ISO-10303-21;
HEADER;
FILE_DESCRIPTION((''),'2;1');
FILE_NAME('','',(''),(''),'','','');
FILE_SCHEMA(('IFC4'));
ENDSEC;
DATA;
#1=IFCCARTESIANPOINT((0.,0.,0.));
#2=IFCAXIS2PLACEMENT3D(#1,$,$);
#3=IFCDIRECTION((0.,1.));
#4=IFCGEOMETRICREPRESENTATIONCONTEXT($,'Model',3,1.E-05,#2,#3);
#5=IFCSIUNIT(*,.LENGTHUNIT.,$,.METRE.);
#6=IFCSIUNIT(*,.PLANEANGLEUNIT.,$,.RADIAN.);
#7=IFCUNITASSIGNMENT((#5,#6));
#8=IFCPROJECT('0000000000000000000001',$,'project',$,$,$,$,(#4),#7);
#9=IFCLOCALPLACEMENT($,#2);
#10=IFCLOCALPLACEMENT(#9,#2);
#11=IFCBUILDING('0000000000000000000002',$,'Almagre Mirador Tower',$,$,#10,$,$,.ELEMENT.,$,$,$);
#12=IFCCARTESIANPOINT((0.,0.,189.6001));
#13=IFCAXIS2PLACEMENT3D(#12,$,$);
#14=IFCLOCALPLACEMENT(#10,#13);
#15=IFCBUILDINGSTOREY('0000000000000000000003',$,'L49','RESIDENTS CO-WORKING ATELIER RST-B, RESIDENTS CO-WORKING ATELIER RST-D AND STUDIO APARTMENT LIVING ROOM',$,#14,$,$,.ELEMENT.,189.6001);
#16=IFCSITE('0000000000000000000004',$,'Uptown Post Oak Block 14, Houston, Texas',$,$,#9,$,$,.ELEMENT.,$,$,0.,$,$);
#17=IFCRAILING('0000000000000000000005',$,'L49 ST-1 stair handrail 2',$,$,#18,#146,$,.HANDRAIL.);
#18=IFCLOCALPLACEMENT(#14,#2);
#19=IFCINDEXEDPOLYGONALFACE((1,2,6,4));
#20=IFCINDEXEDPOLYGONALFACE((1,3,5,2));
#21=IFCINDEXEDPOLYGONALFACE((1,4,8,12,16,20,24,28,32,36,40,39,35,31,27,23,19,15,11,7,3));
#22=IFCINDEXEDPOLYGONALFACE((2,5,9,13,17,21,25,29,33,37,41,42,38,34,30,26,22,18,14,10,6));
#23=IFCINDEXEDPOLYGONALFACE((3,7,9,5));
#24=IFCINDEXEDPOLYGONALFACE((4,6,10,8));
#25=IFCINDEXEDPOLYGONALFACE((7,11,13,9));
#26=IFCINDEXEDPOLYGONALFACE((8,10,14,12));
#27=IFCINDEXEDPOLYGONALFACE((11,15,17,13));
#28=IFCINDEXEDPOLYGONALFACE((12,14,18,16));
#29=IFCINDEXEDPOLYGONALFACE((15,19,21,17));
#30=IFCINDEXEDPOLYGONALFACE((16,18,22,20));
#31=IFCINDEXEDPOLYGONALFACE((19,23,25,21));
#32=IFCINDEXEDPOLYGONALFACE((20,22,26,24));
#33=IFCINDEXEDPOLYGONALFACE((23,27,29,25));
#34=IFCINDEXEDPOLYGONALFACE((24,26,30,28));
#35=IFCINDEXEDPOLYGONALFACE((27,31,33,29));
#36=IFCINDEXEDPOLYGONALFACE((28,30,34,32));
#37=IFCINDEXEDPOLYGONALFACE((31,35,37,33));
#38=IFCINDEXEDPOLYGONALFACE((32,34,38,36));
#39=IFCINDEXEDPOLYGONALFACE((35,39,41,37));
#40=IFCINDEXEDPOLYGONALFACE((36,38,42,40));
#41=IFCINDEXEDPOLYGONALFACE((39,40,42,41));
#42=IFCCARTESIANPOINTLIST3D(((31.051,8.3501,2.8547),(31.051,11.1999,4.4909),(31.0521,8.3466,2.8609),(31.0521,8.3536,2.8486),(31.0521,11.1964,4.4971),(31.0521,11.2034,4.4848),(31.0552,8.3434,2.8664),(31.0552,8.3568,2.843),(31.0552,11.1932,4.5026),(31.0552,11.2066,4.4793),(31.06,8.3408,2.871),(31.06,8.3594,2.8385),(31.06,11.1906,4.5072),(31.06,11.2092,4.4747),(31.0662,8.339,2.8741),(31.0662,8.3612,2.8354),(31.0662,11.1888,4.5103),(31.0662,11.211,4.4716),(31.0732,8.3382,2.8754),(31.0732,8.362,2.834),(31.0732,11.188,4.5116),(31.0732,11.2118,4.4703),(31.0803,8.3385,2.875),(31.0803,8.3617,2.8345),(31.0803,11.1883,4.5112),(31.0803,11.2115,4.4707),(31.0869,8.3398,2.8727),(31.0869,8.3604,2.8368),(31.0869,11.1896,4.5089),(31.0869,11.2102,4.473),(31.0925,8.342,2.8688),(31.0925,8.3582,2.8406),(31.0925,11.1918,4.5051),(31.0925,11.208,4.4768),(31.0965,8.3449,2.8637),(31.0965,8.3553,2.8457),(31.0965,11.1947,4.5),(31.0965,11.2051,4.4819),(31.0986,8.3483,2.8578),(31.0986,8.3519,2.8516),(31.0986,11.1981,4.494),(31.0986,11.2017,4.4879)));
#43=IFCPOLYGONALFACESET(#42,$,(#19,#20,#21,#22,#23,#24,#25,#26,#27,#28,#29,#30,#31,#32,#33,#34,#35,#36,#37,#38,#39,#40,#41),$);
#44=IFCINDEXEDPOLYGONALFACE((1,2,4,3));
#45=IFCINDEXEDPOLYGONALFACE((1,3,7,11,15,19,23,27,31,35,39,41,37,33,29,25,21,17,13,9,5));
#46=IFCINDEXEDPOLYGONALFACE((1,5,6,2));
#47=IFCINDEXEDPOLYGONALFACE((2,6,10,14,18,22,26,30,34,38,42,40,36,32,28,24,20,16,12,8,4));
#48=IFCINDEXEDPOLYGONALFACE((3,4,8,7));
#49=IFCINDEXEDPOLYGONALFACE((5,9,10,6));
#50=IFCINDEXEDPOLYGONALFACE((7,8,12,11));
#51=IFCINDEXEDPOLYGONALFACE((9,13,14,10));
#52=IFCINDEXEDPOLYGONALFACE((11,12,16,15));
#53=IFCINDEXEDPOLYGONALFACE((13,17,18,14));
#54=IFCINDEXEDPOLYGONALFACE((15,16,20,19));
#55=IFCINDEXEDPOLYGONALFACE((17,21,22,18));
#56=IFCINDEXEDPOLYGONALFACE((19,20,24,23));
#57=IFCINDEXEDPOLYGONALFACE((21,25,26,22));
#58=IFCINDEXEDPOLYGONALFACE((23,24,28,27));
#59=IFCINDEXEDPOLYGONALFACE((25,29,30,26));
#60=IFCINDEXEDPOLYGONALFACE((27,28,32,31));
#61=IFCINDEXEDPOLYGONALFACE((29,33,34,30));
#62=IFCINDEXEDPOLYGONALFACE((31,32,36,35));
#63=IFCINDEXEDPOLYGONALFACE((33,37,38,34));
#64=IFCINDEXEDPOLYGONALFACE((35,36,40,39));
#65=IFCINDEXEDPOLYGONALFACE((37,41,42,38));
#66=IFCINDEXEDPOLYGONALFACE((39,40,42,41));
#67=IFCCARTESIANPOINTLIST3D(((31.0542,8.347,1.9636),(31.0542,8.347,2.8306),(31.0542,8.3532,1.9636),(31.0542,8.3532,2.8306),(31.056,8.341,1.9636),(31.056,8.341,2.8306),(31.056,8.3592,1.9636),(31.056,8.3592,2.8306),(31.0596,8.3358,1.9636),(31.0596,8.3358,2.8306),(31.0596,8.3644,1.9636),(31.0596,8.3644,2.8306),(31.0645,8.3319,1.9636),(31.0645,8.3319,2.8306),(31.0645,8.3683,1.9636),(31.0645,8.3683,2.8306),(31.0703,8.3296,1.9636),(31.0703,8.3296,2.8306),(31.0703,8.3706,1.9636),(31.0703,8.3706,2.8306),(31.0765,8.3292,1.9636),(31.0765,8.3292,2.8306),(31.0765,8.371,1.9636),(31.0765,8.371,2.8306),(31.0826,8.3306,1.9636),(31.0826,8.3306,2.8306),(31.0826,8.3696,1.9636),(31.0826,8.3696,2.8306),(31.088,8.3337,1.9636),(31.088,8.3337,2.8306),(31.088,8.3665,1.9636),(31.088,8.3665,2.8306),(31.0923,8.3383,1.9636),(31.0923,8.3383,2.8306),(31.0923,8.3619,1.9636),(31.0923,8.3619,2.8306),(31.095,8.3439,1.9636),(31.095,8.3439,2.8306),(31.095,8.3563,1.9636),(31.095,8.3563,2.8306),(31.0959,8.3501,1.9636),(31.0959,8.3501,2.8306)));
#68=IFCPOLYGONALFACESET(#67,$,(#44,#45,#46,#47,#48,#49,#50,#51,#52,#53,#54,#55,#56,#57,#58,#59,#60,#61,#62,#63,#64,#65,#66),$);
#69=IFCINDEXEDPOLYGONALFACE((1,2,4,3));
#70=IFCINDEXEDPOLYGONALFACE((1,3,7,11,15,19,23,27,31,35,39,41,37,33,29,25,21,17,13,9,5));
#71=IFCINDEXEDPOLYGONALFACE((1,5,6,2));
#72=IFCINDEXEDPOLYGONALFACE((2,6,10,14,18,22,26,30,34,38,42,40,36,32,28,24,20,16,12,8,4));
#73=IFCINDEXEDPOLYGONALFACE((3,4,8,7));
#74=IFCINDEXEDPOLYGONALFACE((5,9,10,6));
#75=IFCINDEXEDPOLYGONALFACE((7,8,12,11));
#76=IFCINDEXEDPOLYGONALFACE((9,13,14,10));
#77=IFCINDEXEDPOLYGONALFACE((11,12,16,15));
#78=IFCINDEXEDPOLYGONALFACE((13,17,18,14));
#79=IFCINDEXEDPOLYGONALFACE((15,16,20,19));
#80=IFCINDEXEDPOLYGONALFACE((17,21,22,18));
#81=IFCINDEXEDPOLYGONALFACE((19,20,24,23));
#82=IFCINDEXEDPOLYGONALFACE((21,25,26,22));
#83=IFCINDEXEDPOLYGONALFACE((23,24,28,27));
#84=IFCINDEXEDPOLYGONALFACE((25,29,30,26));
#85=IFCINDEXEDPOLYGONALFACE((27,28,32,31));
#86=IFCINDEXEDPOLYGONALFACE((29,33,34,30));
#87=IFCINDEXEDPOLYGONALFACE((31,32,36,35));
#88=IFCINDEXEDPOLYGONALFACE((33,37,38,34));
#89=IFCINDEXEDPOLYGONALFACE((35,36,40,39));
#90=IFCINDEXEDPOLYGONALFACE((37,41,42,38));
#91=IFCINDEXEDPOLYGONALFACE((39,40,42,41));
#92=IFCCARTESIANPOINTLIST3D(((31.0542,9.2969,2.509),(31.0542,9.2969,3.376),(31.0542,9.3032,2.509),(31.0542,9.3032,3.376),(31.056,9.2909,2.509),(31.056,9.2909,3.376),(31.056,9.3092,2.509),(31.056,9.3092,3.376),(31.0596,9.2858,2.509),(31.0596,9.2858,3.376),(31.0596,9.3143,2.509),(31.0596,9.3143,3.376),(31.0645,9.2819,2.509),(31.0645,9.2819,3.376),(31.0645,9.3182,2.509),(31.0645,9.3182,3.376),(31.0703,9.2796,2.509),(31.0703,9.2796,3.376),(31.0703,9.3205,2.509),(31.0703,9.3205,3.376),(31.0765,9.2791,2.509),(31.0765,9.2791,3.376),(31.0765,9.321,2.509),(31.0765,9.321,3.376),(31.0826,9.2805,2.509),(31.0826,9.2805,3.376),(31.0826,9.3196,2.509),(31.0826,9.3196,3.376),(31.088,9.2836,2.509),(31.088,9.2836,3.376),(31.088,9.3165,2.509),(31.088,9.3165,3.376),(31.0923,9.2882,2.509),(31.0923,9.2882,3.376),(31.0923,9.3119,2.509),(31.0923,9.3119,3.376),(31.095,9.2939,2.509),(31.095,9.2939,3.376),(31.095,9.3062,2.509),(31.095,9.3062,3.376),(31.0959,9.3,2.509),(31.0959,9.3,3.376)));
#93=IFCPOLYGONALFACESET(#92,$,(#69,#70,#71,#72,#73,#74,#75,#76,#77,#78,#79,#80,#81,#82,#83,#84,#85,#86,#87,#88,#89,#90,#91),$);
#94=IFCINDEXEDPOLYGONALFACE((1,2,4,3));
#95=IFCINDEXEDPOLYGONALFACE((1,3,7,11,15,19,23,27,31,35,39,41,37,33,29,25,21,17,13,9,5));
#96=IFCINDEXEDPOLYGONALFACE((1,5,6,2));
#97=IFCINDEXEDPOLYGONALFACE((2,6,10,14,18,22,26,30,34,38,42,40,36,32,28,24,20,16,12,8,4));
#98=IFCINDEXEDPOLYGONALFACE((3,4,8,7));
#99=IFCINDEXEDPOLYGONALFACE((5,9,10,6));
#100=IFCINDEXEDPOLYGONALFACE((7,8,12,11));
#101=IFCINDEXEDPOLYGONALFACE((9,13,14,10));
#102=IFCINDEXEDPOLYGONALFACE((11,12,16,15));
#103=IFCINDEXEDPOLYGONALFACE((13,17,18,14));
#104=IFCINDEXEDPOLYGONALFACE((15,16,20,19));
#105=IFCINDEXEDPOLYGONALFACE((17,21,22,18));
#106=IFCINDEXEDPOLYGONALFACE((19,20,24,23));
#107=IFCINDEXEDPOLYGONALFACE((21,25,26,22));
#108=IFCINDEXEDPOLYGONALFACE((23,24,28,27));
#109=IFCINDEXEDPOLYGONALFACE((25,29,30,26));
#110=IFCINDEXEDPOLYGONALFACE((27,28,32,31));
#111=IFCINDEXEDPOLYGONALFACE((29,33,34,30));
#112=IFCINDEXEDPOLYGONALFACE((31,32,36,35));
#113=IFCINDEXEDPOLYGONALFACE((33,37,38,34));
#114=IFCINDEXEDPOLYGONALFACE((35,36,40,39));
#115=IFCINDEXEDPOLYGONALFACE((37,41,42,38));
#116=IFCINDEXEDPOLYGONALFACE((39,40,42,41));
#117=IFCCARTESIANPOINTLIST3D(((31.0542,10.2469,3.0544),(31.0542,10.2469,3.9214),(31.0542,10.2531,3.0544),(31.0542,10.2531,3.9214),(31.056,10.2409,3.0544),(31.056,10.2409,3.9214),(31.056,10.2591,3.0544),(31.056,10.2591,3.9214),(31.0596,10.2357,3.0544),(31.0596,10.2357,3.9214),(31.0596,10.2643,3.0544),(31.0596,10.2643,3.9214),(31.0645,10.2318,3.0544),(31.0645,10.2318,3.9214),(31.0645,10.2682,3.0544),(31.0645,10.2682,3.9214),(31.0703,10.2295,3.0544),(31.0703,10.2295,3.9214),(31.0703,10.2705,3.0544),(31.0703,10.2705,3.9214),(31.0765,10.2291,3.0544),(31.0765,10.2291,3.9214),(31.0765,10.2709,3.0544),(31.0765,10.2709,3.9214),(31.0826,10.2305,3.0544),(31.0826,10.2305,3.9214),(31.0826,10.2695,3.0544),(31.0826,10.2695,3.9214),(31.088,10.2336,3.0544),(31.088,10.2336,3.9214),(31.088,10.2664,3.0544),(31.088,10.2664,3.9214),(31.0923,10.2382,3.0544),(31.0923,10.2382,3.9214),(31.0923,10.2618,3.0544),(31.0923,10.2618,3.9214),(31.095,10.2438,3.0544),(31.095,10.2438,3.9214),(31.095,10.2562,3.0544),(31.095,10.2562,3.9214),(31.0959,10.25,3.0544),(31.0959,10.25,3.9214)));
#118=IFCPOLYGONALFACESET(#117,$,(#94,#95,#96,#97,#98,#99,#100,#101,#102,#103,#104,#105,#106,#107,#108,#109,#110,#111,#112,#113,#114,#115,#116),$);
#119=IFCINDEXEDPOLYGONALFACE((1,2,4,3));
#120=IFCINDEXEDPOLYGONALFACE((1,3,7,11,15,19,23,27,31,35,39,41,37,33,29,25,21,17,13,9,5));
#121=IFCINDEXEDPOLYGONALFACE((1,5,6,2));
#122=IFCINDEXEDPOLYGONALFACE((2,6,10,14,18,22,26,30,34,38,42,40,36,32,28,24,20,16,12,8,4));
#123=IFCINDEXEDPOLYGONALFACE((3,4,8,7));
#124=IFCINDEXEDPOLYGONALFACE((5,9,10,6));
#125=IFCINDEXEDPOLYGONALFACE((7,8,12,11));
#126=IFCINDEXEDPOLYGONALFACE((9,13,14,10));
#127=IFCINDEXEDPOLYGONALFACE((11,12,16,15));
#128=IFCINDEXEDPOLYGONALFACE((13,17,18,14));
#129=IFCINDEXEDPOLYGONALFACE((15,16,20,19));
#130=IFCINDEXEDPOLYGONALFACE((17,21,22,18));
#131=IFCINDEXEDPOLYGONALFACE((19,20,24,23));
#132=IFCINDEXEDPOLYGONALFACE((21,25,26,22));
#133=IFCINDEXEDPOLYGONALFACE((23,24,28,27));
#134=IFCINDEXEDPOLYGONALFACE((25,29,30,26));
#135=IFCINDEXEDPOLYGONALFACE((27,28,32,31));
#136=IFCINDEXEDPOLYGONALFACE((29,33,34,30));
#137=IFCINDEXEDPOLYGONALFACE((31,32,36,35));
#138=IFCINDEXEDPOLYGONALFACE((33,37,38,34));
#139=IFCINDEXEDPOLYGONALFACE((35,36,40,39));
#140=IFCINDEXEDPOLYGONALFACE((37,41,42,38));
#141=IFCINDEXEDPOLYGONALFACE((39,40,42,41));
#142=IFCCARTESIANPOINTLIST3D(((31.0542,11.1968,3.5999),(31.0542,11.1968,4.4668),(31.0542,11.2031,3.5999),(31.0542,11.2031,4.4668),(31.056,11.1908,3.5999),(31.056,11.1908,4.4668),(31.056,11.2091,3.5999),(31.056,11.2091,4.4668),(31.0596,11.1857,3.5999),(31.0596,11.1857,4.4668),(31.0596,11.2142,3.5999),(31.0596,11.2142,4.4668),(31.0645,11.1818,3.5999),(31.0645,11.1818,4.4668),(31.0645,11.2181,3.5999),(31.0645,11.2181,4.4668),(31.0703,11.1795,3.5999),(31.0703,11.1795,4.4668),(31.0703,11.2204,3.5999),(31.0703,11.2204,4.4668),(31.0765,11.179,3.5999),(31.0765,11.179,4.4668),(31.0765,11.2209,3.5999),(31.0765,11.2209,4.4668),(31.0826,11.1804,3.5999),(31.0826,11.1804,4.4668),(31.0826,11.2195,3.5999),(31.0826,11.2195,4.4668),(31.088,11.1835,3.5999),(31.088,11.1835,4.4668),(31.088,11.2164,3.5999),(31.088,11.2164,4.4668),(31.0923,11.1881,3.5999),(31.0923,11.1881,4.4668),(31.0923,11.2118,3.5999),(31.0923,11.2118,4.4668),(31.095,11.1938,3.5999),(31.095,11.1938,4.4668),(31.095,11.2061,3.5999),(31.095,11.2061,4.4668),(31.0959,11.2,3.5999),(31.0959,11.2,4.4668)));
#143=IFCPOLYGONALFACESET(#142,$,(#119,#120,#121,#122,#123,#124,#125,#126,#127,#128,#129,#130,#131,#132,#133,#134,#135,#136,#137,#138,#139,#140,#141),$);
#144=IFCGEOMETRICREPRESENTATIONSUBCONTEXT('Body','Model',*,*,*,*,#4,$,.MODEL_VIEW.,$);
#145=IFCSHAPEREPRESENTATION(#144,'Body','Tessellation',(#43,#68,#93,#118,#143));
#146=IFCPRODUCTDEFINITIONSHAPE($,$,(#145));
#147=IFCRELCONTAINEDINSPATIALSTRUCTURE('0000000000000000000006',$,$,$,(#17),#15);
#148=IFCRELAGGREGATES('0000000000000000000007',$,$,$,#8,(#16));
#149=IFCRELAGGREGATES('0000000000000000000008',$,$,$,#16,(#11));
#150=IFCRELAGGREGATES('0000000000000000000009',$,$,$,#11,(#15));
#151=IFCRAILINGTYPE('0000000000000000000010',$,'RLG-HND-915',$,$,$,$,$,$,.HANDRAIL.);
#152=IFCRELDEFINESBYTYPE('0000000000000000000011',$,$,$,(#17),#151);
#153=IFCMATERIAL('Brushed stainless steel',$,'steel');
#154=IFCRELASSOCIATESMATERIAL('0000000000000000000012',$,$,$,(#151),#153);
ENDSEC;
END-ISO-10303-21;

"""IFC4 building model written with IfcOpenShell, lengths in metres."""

from ifc_helpers import new_model, si_unit, direction, frame, origin, origin_2d, place, context, subcontext, project, spatial, circle, extrude, material, type_object, element, save


model = new_model("IFC4")

# Units and contexts
model_context = context("Model", 3, precision=1e-05, world=origin(), true_north=direction((0.0, 1.0)))
body_context = subcontext(model_context, "Body", "Model", "MODEL_VIEW")
ifc_project = project(units=[si_unit("LENGTHUNIT", "METRE"), si_unit("PLANEANGLEUNIT", "RADIAN")], contexts=[model_context])

# Site, building, storey
site_placement = place(None, origin())
site = spatial("IfcSite", under=ifc_project, at=site_placement, Name="Uptown Post Oak Block 14, Houston, Texas", CompositionType="ELEMENT", RefElevation=0.0)
building_placement = place(site_placement, origin())
building = spatial("IfcBuilding", under=site, at=building_placement, Name="Almagre Mirador Tower", CompositionType="ELEMENT")
storey_placement = place(building_placement, frame((0.0, 0.0, 189.6001)))
storey = spatial("IfcBuildingStorey", under=building, at=storey_placement, Name="L49", Description="RESIDENTS CO-WORKING ATELIER RST-B, RESIDENTS CO-WORKING ATELIER RST-D AND STUDIO APARTMENT LIVING ROOM", CompositionType="ELEMENT", Elevation=189.6001)

# Railing
ifc_material_1 = material(Name="Brushed stainless steel", Category="steel")
railing_type_1 = type_object("IfcRailingType", Name="RLG-HND-915", PredefinedType="HANDRAIL", material=ifc_material_1)
railing_1_placement = place(storey_placement, frame((31.075, 8.3501, 1.9636)))
element("IfcRailing", 1, at=railing_1_placement, inside=storey, type_object=railing_type_1, Name="L49 ST-1 stair handrail 2", PredefinedType="HANDRAIL", context=body_context, shape_type="SweptSolid", body=[
    extrude(circle(Radius=0.0239, at=origin_2d()), frame((0.0, 0.0, 0.8911), z_axis=(0.0, 0.867226, 0.497914), x_axis=(-1.0, 0.0, 0.0)), (0.0, 0.0, 1.0), 3.2861),
    extrude(circle(Radius=0.021, at=origin_2d()), origin(), (0.0, 0.0, 1.0), 0.8669),
    extrude(circle(Radius=0.021, at=origin_2d()), frame((0.0, 0.95, 0.5454)), (0.0, 0.0, 1.0), 0.8669),
    extrude(circle(Radius=0.021, at=origin_2d()), frame((0.0, 1.8999, 1.0908)), (0.0, 0.0, 1.0), 0.8669),
    extrude(circle(Radius=0.021, at=origin_2d()), frame((0.0, 2.8499, 1.6362)), (0.0, 0.0, 1.0), 0.8669),
])

save(model, "model.ifc")
